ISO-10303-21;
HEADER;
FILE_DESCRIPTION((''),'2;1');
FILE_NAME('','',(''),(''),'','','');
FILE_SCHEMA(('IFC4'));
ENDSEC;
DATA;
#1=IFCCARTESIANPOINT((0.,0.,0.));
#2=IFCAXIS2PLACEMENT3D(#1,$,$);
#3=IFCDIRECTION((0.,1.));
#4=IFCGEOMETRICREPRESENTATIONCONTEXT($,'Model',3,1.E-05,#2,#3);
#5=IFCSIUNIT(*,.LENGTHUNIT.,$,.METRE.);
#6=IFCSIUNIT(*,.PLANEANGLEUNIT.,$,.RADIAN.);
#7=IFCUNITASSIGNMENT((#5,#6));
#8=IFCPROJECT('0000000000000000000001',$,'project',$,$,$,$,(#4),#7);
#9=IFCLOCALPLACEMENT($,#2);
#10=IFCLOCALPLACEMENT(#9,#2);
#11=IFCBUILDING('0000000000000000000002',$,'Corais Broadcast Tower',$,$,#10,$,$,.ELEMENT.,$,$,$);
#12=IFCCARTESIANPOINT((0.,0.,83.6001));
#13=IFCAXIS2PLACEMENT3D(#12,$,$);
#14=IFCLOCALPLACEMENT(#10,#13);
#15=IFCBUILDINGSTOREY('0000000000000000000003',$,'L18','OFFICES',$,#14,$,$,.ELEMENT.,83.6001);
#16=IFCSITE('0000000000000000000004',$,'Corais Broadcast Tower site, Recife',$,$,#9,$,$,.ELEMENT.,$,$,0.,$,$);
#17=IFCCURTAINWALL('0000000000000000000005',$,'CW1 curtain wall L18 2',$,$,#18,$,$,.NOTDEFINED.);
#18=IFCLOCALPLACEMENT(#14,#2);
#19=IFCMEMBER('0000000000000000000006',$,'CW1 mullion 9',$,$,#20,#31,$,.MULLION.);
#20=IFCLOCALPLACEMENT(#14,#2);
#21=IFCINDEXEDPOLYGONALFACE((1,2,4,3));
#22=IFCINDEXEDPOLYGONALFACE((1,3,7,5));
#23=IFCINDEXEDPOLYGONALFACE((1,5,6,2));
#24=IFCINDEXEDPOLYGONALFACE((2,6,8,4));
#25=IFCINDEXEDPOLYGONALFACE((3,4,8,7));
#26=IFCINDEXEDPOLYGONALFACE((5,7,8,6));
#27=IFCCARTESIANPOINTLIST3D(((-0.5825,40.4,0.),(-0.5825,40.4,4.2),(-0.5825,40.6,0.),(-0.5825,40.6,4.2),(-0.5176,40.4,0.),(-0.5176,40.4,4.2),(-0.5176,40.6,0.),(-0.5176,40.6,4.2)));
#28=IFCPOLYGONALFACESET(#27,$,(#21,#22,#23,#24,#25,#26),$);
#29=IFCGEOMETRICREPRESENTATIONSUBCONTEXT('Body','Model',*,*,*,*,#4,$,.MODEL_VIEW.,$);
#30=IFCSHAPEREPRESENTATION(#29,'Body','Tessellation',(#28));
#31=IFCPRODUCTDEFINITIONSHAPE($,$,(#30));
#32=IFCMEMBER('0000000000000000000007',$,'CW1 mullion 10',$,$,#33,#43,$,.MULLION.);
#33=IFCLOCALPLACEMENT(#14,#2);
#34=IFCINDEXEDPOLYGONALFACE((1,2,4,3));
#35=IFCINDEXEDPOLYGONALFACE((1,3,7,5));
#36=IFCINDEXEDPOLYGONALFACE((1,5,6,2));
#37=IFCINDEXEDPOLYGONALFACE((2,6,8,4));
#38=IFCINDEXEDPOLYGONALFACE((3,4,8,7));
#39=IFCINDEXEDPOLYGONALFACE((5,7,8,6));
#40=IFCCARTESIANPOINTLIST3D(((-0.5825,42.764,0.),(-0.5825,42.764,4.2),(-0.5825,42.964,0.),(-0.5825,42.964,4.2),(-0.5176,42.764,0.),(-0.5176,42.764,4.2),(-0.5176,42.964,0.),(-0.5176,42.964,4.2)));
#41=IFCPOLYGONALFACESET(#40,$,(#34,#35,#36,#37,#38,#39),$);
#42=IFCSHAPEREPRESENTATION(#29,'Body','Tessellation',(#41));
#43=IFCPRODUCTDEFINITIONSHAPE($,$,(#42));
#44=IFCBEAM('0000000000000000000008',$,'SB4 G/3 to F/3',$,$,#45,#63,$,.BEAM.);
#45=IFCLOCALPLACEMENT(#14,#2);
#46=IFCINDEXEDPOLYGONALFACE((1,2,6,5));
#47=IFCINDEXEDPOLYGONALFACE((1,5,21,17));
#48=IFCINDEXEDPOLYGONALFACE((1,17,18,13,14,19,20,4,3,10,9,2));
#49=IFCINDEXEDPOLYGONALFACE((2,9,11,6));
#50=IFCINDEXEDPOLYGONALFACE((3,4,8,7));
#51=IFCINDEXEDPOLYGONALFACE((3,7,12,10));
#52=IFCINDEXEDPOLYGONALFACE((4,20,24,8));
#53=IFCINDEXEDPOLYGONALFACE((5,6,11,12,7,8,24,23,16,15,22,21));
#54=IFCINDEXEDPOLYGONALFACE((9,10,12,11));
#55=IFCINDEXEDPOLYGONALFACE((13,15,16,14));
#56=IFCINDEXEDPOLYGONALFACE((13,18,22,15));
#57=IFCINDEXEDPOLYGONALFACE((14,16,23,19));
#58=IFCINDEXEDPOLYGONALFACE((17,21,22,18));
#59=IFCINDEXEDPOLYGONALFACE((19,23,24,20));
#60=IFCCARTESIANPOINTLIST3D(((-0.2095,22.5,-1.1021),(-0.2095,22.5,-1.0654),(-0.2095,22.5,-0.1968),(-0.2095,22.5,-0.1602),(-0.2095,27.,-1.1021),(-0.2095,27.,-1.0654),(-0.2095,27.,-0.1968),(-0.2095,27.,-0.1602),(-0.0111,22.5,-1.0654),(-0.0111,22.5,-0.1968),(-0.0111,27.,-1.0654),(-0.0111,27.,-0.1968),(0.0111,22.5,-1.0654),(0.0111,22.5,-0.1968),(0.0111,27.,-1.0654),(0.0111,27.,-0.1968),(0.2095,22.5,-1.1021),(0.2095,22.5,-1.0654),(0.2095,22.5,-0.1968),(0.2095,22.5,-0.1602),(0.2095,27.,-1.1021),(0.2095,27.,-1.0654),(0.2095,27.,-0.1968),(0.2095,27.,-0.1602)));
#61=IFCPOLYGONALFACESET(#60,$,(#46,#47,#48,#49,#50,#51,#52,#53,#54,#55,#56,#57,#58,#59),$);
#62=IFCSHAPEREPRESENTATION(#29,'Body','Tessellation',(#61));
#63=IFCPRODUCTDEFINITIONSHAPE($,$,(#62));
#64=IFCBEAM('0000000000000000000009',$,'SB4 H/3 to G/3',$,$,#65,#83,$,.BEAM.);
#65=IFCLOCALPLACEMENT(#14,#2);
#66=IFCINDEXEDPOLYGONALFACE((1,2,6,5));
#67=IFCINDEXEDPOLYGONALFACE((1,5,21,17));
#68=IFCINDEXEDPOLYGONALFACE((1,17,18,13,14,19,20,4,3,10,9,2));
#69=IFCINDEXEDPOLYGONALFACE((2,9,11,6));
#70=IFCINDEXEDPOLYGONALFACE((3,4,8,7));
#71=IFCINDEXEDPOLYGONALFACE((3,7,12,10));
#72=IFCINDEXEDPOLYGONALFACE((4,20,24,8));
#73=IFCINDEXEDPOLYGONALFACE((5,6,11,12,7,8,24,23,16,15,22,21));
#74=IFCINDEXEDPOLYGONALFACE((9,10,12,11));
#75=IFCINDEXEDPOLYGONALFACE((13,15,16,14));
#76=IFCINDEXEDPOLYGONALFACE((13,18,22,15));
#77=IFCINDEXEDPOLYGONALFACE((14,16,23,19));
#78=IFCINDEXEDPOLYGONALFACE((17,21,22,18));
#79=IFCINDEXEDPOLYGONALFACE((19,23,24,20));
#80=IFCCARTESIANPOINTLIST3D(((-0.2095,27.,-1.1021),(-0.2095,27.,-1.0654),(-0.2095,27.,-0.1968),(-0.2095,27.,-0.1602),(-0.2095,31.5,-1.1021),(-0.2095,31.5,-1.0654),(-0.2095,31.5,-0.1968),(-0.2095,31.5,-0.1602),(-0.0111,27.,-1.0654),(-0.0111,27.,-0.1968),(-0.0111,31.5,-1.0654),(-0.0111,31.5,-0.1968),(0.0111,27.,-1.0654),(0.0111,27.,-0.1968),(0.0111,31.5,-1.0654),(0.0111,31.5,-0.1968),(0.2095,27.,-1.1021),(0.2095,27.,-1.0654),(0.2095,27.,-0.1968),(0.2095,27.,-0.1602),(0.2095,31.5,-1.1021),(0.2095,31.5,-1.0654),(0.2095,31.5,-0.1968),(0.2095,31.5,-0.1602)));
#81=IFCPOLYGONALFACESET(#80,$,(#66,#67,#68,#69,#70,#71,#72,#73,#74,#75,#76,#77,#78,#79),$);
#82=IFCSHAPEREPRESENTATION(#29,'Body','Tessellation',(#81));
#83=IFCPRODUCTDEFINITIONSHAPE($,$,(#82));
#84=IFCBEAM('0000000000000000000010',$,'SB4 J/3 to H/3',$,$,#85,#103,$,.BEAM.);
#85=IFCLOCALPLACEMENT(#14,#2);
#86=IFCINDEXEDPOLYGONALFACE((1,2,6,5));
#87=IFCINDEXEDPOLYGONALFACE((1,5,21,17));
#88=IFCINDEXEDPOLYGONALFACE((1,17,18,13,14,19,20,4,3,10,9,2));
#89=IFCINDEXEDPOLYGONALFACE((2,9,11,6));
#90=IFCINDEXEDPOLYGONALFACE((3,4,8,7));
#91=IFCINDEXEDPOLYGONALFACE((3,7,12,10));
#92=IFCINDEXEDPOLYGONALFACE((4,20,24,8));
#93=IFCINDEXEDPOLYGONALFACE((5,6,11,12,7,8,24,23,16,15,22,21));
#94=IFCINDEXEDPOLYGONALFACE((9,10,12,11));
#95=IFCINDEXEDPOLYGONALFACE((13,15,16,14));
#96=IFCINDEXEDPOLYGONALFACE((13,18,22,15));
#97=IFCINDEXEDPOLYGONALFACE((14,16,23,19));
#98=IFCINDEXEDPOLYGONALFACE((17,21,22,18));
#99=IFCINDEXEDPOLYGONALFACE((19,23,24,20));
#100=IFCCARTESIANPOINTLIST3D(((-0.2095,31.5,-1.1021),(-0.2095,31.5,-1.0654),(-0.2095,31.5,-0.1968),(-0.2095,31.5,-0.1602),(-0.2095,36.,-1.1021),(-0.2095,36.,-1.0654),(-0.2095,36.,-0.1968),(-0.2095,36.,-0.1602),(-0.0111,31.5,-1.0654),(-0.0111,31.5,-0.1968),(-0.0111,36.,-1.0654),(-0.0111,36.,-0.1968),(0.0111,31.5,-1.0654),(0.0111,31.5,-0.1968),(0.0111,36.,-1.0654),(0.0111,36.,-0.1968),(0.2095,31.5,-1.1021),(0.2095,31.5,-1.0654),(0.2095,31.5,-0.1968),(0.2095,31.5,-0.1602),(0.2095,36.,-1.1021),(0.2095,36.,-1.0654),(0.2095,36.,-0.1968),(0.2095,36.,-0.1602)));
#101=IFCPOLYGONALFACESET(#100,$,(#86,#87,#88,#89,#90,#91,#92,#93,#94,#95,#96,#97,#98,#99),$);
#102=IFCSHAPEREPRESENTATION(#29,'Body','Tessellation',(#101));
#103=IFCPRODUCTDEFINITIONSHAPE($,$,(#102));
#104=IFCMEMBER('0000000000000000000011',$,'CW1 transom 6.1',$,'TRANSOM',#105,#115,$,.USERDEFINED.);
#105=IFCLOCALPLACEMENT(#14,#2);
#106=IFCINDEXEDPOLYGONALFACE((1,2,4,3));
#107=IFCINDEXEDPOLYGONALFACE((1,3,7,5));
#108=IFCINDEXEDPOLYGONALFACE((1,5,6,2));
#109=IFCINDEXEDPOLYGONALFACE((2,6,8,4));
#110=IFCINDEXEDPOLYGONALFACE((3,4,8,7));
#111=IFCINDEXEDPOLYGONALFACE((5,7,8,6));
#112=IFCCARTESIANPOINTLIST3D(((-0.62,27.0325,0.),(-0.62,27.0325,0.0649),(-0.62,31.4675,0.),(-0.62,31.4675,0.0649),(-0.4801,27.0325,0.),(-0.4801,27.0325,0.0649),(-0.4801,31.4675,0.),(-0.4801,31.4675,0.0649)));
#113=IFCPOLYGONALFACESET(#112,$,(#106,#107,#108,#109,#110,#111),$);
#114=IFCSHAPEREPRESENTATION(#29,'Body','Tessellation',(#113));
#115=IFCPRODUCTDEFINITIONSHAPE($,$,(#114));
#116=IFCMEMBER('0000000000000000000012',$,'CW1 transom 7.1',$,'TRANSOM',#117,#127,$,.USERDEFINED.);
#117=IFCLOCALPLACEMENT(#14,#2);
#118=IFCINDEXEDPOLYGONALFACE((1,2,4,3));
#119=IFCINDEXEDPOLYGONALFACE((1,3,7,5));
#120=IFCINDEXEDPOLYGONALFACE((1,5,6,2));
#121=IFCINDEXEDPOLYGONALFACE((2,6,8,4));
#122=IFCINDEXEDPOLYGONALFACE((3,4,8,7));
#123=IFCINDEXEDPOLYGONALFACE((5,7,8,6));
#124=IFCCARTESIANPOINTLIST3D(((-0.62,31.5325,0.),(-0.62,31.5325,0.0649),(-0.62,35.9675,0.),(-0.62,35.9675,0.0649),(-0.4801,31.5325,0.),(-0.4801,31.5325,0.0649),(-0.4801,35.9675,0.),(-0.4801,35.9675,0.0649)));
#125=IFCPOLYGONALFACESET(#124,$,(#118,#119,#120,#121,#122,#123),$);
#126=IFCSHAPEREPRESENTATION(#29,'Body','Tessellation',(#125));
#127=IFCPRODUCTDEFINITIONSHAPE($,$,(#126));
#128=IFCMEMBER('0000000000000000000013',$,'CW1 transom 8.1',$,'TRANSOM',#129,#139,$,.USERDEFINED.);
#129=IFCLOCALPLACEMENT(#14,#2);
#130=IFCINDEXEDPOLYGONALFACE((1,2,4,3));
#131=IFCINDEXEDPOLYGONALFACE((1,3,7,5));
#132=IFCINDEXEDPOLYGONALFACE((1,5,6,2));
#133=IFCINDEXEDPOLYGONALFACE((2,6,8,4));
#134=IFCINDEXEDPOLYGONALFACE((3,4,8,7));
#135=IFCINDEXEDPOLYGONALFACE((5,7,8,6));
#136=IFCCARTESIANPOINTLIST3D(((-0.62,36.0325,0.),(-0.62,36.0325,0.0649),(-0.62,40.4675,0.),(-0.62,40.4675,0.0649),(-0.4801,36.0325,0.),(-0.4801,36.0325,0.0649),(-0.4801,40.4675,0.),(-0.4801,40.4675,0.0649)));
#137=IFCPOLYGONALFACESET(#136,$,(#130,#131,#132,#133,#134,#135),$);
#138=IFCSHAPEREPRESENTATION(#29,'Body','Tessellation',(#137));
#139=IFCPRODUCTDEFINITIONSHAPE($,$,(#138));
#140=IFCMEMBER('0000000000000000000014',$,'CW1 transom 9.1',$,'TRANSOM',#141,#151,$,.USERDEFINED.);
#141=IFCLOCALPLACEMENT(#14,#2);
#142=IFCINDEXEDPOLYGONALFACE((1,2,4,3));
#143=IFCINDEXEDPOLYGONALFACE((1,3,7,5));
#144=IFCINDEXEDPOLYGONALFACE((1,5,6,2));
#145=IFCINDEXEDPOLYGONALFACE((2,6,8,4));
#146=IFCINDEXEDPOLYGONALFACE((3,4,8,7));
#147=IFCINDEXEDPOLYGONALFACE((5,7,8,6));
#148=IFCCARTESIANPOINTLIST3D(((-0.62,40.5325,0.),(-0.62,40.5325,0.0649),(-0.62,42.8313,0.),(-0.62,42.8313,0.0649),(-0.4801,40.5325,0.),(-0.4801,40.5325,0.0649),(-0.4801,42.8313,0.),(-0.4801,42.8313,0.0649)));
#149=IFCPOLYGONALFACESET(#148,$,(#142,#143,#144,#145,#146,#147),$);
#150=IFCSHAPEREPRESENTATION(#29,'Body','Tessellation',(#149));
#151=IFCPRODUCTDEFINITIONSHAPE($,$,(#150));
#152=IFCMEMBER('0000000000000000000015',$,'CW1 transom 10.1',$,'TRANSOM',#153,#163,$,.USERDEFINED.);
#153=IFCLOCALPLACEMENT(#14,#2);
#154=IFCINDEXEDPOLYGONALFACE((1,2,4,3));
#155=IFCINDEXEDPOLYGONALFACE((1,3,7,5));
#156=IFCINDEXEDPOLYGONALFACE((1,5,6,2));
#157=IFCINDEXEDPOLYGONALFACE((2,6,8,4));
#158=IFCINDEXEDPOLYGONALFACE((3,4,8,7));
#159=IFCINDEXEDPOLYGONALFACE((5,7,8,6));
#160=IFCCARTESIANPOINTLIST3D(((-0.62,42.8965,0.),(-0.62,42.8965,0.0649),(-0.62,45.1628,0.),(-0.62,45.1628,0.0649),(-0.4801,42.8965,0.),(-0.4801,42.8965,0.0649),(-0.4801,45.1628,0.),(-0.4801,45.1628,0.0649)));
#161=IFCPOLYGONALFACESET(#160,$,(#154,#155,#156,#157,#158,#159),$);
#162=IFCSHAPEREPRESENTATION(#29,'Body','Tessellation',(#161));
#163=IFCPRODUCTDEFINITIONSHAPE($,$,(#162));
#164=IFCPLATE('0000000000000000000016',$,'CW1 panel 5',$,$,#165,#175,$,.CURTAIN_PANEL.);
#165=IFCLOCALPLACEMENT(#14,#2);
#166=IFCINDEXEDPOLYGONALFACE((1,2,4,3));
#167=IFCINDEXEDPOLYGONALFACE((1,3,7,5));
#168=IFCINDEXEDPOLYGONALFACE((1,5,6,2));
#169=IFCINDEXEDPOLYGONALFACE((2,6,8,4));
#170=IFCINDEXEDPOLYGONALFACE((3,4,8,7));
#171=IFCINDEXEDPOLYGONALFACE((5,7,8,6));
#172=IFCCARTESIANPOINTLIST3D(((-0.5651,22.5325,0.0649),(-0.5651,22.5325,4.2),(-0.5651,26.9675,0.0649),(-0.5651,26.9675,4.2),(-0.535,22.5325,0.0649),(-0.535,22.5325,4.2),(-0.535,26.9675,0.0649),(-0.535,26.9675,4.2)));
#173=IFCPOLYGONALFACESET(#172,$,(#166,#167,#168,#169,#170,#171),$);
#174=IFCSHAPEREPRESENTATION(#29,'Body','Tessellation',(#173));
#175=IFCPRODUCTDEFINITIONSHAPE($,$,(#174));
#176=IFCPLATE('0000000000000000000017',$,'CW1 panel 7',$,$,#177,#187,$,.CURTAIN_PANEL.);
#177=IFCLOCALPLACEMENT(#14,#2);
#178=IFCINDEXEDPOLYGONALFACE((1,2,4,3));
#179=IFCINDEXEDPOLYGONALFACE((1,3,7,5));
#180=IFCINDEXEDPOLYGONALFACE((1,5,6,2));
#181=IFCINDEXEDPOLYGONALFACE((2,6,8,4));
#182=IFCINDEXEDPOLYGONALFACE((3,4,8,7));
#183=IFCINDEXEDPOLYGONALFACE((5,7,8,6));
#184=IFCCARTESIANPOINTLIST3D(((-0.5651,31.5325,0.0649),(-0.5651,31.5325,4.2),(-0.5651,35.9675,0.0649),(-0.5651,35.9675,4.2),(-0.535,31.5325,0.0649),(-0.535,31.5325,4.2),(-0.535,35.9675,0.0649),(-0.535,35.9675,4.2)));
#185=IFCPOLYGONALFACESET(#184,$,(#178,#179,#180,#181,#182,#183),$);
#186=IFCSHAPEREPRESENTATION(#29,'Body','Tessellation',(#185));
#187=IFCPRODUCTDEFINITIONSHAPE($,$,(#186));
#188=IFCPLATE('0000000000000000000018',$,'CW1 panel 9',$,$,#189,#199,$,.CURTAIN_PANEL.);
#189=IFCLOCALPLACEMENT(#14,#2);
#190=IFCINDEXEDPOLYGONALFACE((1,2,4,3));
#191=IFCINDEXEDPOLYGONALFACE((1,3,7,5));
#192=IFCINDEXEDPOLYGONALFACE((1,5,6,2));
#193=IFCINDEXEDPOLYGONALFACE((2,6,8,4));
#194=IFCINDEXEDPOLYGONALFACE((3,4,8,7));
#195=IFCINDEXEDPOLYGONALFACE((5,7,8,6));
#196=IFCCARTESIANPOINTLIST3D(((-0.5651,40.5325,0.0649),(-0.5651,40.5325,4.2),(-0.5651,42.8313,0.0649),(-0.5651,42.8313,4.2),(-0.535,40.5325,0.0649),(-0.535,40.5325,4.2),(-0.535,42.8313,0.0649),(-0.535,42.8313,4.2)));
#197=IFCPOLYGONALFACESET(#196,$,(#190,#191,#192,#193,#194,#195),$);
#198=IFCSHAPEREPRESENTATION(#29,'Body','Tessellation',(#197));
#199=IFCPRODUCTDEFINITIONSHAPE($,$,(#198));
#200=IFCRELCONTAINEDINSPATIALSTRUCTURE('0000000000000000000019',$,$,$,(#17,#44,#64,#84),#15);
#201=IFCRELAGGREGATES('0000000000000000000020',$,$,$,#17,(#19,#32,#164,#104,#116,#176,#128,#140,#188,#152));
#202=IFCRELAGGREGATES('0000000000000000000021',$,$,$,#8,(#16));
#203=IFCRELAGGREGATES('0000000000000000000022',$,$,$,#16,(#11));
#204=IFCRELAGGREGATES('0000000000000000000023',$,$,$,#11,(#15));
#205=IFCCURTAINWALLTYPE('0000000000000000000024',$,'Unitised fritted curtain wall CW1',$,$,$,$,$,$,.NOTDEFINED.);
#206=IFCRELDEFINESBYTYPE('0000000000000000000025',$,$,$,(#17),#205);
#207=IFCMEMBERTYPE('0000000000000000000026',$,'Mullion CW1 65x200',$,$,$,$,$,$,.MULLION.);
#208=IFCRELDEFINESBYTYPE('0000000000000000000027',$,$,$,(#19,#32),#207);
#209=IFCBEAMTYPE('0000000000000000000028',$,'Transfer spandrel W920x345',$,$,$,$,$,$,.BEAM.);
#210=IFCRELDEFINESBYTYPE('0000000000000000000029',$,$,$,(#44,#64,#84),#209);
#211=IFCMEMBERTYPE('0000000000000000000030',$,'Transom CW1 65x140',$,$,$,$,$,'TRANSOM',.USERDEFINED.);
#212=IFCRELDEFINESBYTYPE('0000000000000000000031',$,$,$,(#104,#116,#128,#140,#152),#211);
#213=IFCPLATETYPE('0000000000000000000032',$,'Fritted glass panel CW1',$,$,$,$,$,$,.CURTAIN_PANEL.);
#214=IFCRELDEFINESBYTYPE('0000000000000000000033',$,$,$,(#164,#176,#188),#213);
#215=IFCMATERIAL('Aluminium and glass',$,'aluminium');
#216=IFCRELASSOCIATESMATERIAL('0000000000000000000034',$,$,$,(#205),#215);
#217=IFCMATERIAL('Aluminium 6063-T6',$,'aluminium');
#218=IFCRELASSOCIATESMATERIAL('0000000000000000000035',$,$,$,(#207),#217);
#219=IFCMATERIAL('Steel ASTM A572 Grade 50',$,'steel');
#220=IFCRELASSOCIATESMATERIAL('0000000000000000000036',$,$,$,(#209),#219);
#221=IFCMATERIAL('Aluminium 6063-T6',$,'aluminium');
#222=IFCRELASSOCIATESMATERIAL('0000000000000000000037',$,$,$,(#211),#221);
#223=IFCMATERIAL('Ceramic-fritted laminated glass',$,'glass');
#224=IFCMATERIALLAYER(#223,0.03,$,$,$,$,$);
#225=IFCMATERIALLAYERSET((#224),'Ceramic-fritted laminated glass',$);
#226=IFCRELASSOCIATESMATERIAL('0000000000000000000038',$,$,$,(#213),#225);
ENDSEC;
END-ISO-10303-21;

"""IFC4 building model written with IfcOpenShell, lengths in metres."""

from ifc_helpers import new_model, si_unit, direction, frame, origin, origin_2d, place, context, subcontext, project, spatial, rectangle, i_section, extrude, material, layer, layer_set, material_profile, profile_set, type_object, element, aggregate, save


model = new_model("IFC4")

# Units and contexts
model_context = context("Model", 3, precision=1e-05, world=origin(), true_north=direction((0.0, 1.0)))
body_context = subcontext(model_context, "Body", "Model", "MODEL_VIEW")
ifc_project = project(units=[si_unit("LENGTHUNIT", "METRE"), si_unit("PLANEANGLEUNIT", "RADIAN")], contexts=[model_context])

# Site, building, storey
site_placement = place(None, origin())
site = spatial("IfcSite", under=ifc_project, at=site_placement, Name="Corais Broadcast Tower site, Recife", CompositionType="ELEMENT", RefElevation=0.0)
building_placement = place(site_placement, origin())
building = spatial("IfcBuilding", under=site, at=building_placement, Name="Corais Broadcast Tower", CompositionType="ELEMENT")
storey_placement = place(building_placement, frame((0.0, 0.0, 83.6001)))
storey = spatial("IfcBuildingStorey", under=building, at=storey_placement, Name="L18", Description="OFFICES", CompositionType="ELEMENT", Elevation=83.6001)

# Curtain wall, members
ifc_material_1 = material(Name="Aluminium and glass", Category="aluminium")
curtain_wall_type = type_object("IfcCurtainWallType", Name="Unitised fritted curtain wall CW1", PredefinedType="NOTDEFINED", material=ifc_material_1)
curtain_wall_placement = place(storey_placement, origin())
curtain_wall = element("IfcCurtainWall", 1, at=curtain_wall_placement, inside=storey, type_object=curtain_wall_type, Name="CW1 curtain wall L18 2", PredefinedType="NOTDEFINED")
ifc_material_2 = material(Name="Aluminium 6063-T6", Category="aluminium")
ifc_material_profile_1 = material_profile(ifc_material_2, rectangle(XDim=0.0649, YDim=0.2, at=origin_2d()), Name="Mullion CW1 65x200")
ifc_profile_set_1 = profile_set([ifc_material_profile_1], Name="Aluminium 6063-T6")
member_type_1 = type_object("IfcMemberType", Name="Mullion CW1 65x200", PredefinedType="MULLION", material=ifc_profile_set_1)
member_1_placement = place(storey_placement, frame((-0.55, 40.5, 0.0), z_axis=(0.0, 0.0, 1.0), x_axis=(-1.0, 0.0, 0.0)))
member_1 = element("IfcMember", 2, at=member_1_placement, type_object=member_type_1, Name="CW1 mullion 9", PredefinedType="MULLION", context=body_context, shape_type="SweptSolid", body=[
    extrude(rectangle(XDim=0.0649, YDim=0.2, at=origin_2d()), origin(), (0.0, 0.0, 1.0), 4.2),
])
member_2_placement = place(storey_placement, frame((-0.55, 42.864, 0.0), z_axis=(0.0, 0.0, 1.0), x_axis=(-1.0, 0.0, 0.0)))
member_2 = element("IfcMember", 3, at=member_2_placement, type_object=member_type_1, Name="CW1 mullion 10", PredefinedType="MULLION", context=body_context, shape_type="SweptSolid", body=[
    extrude(rectangle(XDim=0.0649, YDim=0.2, at=origin_2d()), origin(), (0.0, 0.0, 1.0), 4.2),
])

# Beams
ifc_material_3 = material(Name="Steel ASTM A572 Grade 50", Category="steel")
ifc_material_profile_2 = material_profile(ifc_material_3, i_section(OverallWidth=0.4189, OverallDepth=0.9419, WebThickness=0.0222, FlangeThickness=0.0366, at=origin_2d()), Name="W920x345")
ifc_profile_set_2 = profile_set([ifc_material_profile_2], Name="Steel ASTM A572 Grade 50")
beam_type_1 = type_object("IfcBeamType", Name="Transfer spandrel W920x345", PredefinedType="BEAM", material=ifc_profile_set_2)
for number, where, z_axis, x_axis, name in (
    (4, (0.0, 27.0, -0.6311), (0.0, -1.0, 0.0), (1.0, 0.0, 0.0), "SB4 G/3 to F/3"),
    (5, (0.0, 31.5, -0.6311), (0.0, -1.0, 0.0), (1.0, 0.0, 0.0), "SB4 H/3 to G/3"),
    (6, (0.0, 36.0, -0.6311), (0.0, -1.0, 0.0), (1.0, 0.0, 0.0), "SB4 J/3 to H/3"),
):
    element("IfcBeam", number, at=place(storey_placement, frame(where, z_axis=z_axis, x_axis=x_axis)), inside=storey, type_object=beam_type_1, Name=name, PredefinedType="BEAM", context=body_context, shape_type="SweptSolid", body=[
        extrude(i_section(OverallWidth=0.4189, OverallDepth=0.9419, WebThickness=0.0222, FlangeThickness=0.0366, at=origin_2d()), origin(), (0.0, 0.0, 1.0), 4.5),
    ])

# Members
ifc_material_4 = material(Name="Aluminium 6063-T6", Category="aluminium")
ifc_material_profile_3 = material_profile(ifc_material_4, rectangle(XDim=0.1399, YDim=0.0649, at=origin_2d()), Name="Transom CW1 65x140")
ifc_profile_set_3 = profile_set([ifc_material_profile_3], Name="Aluminium 6063-T6")
member_type_2 = type_object("IfcMemberType", Name="Transom CW1 65x140", ElementType="TRANSOM", PredefinedType="USERDEFINED", material=ifc_profile_set_3)
member_3_placement = place(storey_placement, frame((-0.55, 27.0325, 0.0325), z_axis=(0.0, 1.0, 0.0), x_axis=(-1.0, 0.0, 0.0)))
member_3 = element("IfcMember", 7, at=member_3_placement, type_object=member_type_2, Name="CW1 transom 6.1", ObjectType="TRANSOM", PredefinedType="USERDEFINED", context=body_context, shape_type="SweptSolid", body=[
    extrude(rectangle(XDim=0.1399, YDim=0.0649, at=origin_2d()), origin(), (0.0, 0.0, 1.0), 4.4351),
])
member_4_placement = place(storey_placement, frame((-0.55, 31.5325, 0.0325), z_axis=(0.0, 1.0, 0.0), x_axis=(-1.0, 0.0, 0.0)))
member_4 = element("IfcMember", 8, at=member_4_placement, type_object=member_type_2, Name="CW1 transom 7.1", ObjectType="TRANSOM", PredefinedType="USERDEFINED", context=body_context, shape_type="SweptSolid", body=[
    extrude(rectangle(XDim=0.1399, YDim=0.0649, at=origin_2d()), origin(), (0.0, 0.0, 1.0), 4.4351),
])
member_5_placement = place(storey_placement, frame((-0.55, 36.0325, 0.0325), z_axis=(0.0, 1.0, 0.0), x_axis=(-1.0, 0.0, 0.0)))
member_5 = element("IfcMember", 9, at=member_5_placement, type_object=member_type_2, Name="CW1 transom 8.1", ObjectType="TRANSOM", PredefinedType="USERDEFINED", context=body_context, shape_type="SweptSolid", body=[
    extrude(rectangle(XDim=0.1399, YDim=0.0649, at=origin_2d()), origin(), (0.0, 0.0, 1.0), 4.4351),
])
member_6_placement = place(storey_placement, frame((-0.55, 40.5325, 0.0325), z_axis=(0.0, 1.0, 0.0), x_axis=(-1.0, 0.0, 0.0)))
member_6 = element("IfcMember", 10, at=member_6_placement, type_object=member_type_2, Name="CW1 transom 9.1", ObjectType="TRANSOM", PredefinedType="USERDEFINED", context=body_context, shape_type="SweptSolid", body=[
    extrude(rectangle(XDim=0.1399, YDim=0.0649, at=origin_2d()), origin(), (0.0, 0.0, 1.0), 2.2988),
])
member_7_placement = place(storey_placement, frame((-0.55, 42.8965, 0.0325), z_axis=(0.0, 1.0, 0.0), x_axis=(-1.0, 0.0, 0.0)))
member_7 = element("IfcMember", 11, at=member_7_placement, type_object=member_type_2, Name="CW1 transom 10.1", ObjectType="TRANSOM", PredefinedType="USERDEFINED", context=body_context, shape_type="SweptSolid", body=[
    extrude(rectangle(XDim=0.1399, YDim=0.0649, at=origin_2d()), origin(), (0.0, 0.0, 1.0), 2.2664),
])

# Plates
ifc_material_5 = material(Name="Ceramic-fritted laminated glass", Category="glass")
ifc_layer_1 = layer(ifc_material_5, 0.03)
ifc_layer_set_1 = layer_set([ifc_layer_1], Name="Ceramic-fritted laminated glass")
plate_type_1 = type_object("IfcPlateType", Name="Fritted glass panel CW1", PredefinedType="CURTAIN_PANEL", material=ifc_layer_set_1)
plate_1_placement = place(storey_placement, frame((-0.55, 24.75, 0.0649), z_axis=(0.0, 0.0, 1.0), x_axis=(0.0, 1.0, 0.0)))
plate_1 = element("IfcPlate", 12, at=plate_1_placement, type_object=plate_type_1, Name="CW1 panel 5", PredefinedType="CURTAIN_PANEL", context=body_context, shape_type="SweptSolid", body=[
    extrude(rectangle(XDim=4.4351, YDim=0.03, at=origin_2d()), origin(), (0.0, 0.0, 1.0), 4.135),
])
plate_2_placement = place(storey_placement, frame((-0.55, 33.75, 0.0649), z_axis=(0.0, 0.0, 1.0), x_axis=(0.0, 1.0, 0.0)))
plate_2 = element("IfcPlate", 13, at=plate_2_placement, type_object=plate_type_1, Name="CW1 panel 7", PredefinedType="CURTAIN_PANEL", context=body_context, shape_type="SweptSolid", body=[
    extrude(rectangle(XDim=4.4351, YDim=0.03, at=origin_2d()), origin(), (0.0, 0.0, 1.0), 4.135),
])
plate_3_placement = place(storey_placement, frame((-0.55, 41.6819, 0.0649), z_axis=(0.0, 0.0, 1.0), x_axis=(0.0, 1.0, 0.0)))
plate_3 = element("IfcPlate", 14, at=plate_3_placement, type_object=plate_type_1, Name="CW1 panel 9", PredefinedType="CURTAIN_PANEL", context=body_context, shape_type="SweptSolid", body=[
    extrude(rectangle(XDim=2.2988, YDim=0.03, at=origin_2d()), origin(), (0.0, 0.0, 1.0), 4.135),
])
aggregate(curtain_wall, [member_1, member_2, plate_1, member_3, member_4, plate_2, member_5, member_6, plate_3, member_7])

save(model, "model.ifc")
